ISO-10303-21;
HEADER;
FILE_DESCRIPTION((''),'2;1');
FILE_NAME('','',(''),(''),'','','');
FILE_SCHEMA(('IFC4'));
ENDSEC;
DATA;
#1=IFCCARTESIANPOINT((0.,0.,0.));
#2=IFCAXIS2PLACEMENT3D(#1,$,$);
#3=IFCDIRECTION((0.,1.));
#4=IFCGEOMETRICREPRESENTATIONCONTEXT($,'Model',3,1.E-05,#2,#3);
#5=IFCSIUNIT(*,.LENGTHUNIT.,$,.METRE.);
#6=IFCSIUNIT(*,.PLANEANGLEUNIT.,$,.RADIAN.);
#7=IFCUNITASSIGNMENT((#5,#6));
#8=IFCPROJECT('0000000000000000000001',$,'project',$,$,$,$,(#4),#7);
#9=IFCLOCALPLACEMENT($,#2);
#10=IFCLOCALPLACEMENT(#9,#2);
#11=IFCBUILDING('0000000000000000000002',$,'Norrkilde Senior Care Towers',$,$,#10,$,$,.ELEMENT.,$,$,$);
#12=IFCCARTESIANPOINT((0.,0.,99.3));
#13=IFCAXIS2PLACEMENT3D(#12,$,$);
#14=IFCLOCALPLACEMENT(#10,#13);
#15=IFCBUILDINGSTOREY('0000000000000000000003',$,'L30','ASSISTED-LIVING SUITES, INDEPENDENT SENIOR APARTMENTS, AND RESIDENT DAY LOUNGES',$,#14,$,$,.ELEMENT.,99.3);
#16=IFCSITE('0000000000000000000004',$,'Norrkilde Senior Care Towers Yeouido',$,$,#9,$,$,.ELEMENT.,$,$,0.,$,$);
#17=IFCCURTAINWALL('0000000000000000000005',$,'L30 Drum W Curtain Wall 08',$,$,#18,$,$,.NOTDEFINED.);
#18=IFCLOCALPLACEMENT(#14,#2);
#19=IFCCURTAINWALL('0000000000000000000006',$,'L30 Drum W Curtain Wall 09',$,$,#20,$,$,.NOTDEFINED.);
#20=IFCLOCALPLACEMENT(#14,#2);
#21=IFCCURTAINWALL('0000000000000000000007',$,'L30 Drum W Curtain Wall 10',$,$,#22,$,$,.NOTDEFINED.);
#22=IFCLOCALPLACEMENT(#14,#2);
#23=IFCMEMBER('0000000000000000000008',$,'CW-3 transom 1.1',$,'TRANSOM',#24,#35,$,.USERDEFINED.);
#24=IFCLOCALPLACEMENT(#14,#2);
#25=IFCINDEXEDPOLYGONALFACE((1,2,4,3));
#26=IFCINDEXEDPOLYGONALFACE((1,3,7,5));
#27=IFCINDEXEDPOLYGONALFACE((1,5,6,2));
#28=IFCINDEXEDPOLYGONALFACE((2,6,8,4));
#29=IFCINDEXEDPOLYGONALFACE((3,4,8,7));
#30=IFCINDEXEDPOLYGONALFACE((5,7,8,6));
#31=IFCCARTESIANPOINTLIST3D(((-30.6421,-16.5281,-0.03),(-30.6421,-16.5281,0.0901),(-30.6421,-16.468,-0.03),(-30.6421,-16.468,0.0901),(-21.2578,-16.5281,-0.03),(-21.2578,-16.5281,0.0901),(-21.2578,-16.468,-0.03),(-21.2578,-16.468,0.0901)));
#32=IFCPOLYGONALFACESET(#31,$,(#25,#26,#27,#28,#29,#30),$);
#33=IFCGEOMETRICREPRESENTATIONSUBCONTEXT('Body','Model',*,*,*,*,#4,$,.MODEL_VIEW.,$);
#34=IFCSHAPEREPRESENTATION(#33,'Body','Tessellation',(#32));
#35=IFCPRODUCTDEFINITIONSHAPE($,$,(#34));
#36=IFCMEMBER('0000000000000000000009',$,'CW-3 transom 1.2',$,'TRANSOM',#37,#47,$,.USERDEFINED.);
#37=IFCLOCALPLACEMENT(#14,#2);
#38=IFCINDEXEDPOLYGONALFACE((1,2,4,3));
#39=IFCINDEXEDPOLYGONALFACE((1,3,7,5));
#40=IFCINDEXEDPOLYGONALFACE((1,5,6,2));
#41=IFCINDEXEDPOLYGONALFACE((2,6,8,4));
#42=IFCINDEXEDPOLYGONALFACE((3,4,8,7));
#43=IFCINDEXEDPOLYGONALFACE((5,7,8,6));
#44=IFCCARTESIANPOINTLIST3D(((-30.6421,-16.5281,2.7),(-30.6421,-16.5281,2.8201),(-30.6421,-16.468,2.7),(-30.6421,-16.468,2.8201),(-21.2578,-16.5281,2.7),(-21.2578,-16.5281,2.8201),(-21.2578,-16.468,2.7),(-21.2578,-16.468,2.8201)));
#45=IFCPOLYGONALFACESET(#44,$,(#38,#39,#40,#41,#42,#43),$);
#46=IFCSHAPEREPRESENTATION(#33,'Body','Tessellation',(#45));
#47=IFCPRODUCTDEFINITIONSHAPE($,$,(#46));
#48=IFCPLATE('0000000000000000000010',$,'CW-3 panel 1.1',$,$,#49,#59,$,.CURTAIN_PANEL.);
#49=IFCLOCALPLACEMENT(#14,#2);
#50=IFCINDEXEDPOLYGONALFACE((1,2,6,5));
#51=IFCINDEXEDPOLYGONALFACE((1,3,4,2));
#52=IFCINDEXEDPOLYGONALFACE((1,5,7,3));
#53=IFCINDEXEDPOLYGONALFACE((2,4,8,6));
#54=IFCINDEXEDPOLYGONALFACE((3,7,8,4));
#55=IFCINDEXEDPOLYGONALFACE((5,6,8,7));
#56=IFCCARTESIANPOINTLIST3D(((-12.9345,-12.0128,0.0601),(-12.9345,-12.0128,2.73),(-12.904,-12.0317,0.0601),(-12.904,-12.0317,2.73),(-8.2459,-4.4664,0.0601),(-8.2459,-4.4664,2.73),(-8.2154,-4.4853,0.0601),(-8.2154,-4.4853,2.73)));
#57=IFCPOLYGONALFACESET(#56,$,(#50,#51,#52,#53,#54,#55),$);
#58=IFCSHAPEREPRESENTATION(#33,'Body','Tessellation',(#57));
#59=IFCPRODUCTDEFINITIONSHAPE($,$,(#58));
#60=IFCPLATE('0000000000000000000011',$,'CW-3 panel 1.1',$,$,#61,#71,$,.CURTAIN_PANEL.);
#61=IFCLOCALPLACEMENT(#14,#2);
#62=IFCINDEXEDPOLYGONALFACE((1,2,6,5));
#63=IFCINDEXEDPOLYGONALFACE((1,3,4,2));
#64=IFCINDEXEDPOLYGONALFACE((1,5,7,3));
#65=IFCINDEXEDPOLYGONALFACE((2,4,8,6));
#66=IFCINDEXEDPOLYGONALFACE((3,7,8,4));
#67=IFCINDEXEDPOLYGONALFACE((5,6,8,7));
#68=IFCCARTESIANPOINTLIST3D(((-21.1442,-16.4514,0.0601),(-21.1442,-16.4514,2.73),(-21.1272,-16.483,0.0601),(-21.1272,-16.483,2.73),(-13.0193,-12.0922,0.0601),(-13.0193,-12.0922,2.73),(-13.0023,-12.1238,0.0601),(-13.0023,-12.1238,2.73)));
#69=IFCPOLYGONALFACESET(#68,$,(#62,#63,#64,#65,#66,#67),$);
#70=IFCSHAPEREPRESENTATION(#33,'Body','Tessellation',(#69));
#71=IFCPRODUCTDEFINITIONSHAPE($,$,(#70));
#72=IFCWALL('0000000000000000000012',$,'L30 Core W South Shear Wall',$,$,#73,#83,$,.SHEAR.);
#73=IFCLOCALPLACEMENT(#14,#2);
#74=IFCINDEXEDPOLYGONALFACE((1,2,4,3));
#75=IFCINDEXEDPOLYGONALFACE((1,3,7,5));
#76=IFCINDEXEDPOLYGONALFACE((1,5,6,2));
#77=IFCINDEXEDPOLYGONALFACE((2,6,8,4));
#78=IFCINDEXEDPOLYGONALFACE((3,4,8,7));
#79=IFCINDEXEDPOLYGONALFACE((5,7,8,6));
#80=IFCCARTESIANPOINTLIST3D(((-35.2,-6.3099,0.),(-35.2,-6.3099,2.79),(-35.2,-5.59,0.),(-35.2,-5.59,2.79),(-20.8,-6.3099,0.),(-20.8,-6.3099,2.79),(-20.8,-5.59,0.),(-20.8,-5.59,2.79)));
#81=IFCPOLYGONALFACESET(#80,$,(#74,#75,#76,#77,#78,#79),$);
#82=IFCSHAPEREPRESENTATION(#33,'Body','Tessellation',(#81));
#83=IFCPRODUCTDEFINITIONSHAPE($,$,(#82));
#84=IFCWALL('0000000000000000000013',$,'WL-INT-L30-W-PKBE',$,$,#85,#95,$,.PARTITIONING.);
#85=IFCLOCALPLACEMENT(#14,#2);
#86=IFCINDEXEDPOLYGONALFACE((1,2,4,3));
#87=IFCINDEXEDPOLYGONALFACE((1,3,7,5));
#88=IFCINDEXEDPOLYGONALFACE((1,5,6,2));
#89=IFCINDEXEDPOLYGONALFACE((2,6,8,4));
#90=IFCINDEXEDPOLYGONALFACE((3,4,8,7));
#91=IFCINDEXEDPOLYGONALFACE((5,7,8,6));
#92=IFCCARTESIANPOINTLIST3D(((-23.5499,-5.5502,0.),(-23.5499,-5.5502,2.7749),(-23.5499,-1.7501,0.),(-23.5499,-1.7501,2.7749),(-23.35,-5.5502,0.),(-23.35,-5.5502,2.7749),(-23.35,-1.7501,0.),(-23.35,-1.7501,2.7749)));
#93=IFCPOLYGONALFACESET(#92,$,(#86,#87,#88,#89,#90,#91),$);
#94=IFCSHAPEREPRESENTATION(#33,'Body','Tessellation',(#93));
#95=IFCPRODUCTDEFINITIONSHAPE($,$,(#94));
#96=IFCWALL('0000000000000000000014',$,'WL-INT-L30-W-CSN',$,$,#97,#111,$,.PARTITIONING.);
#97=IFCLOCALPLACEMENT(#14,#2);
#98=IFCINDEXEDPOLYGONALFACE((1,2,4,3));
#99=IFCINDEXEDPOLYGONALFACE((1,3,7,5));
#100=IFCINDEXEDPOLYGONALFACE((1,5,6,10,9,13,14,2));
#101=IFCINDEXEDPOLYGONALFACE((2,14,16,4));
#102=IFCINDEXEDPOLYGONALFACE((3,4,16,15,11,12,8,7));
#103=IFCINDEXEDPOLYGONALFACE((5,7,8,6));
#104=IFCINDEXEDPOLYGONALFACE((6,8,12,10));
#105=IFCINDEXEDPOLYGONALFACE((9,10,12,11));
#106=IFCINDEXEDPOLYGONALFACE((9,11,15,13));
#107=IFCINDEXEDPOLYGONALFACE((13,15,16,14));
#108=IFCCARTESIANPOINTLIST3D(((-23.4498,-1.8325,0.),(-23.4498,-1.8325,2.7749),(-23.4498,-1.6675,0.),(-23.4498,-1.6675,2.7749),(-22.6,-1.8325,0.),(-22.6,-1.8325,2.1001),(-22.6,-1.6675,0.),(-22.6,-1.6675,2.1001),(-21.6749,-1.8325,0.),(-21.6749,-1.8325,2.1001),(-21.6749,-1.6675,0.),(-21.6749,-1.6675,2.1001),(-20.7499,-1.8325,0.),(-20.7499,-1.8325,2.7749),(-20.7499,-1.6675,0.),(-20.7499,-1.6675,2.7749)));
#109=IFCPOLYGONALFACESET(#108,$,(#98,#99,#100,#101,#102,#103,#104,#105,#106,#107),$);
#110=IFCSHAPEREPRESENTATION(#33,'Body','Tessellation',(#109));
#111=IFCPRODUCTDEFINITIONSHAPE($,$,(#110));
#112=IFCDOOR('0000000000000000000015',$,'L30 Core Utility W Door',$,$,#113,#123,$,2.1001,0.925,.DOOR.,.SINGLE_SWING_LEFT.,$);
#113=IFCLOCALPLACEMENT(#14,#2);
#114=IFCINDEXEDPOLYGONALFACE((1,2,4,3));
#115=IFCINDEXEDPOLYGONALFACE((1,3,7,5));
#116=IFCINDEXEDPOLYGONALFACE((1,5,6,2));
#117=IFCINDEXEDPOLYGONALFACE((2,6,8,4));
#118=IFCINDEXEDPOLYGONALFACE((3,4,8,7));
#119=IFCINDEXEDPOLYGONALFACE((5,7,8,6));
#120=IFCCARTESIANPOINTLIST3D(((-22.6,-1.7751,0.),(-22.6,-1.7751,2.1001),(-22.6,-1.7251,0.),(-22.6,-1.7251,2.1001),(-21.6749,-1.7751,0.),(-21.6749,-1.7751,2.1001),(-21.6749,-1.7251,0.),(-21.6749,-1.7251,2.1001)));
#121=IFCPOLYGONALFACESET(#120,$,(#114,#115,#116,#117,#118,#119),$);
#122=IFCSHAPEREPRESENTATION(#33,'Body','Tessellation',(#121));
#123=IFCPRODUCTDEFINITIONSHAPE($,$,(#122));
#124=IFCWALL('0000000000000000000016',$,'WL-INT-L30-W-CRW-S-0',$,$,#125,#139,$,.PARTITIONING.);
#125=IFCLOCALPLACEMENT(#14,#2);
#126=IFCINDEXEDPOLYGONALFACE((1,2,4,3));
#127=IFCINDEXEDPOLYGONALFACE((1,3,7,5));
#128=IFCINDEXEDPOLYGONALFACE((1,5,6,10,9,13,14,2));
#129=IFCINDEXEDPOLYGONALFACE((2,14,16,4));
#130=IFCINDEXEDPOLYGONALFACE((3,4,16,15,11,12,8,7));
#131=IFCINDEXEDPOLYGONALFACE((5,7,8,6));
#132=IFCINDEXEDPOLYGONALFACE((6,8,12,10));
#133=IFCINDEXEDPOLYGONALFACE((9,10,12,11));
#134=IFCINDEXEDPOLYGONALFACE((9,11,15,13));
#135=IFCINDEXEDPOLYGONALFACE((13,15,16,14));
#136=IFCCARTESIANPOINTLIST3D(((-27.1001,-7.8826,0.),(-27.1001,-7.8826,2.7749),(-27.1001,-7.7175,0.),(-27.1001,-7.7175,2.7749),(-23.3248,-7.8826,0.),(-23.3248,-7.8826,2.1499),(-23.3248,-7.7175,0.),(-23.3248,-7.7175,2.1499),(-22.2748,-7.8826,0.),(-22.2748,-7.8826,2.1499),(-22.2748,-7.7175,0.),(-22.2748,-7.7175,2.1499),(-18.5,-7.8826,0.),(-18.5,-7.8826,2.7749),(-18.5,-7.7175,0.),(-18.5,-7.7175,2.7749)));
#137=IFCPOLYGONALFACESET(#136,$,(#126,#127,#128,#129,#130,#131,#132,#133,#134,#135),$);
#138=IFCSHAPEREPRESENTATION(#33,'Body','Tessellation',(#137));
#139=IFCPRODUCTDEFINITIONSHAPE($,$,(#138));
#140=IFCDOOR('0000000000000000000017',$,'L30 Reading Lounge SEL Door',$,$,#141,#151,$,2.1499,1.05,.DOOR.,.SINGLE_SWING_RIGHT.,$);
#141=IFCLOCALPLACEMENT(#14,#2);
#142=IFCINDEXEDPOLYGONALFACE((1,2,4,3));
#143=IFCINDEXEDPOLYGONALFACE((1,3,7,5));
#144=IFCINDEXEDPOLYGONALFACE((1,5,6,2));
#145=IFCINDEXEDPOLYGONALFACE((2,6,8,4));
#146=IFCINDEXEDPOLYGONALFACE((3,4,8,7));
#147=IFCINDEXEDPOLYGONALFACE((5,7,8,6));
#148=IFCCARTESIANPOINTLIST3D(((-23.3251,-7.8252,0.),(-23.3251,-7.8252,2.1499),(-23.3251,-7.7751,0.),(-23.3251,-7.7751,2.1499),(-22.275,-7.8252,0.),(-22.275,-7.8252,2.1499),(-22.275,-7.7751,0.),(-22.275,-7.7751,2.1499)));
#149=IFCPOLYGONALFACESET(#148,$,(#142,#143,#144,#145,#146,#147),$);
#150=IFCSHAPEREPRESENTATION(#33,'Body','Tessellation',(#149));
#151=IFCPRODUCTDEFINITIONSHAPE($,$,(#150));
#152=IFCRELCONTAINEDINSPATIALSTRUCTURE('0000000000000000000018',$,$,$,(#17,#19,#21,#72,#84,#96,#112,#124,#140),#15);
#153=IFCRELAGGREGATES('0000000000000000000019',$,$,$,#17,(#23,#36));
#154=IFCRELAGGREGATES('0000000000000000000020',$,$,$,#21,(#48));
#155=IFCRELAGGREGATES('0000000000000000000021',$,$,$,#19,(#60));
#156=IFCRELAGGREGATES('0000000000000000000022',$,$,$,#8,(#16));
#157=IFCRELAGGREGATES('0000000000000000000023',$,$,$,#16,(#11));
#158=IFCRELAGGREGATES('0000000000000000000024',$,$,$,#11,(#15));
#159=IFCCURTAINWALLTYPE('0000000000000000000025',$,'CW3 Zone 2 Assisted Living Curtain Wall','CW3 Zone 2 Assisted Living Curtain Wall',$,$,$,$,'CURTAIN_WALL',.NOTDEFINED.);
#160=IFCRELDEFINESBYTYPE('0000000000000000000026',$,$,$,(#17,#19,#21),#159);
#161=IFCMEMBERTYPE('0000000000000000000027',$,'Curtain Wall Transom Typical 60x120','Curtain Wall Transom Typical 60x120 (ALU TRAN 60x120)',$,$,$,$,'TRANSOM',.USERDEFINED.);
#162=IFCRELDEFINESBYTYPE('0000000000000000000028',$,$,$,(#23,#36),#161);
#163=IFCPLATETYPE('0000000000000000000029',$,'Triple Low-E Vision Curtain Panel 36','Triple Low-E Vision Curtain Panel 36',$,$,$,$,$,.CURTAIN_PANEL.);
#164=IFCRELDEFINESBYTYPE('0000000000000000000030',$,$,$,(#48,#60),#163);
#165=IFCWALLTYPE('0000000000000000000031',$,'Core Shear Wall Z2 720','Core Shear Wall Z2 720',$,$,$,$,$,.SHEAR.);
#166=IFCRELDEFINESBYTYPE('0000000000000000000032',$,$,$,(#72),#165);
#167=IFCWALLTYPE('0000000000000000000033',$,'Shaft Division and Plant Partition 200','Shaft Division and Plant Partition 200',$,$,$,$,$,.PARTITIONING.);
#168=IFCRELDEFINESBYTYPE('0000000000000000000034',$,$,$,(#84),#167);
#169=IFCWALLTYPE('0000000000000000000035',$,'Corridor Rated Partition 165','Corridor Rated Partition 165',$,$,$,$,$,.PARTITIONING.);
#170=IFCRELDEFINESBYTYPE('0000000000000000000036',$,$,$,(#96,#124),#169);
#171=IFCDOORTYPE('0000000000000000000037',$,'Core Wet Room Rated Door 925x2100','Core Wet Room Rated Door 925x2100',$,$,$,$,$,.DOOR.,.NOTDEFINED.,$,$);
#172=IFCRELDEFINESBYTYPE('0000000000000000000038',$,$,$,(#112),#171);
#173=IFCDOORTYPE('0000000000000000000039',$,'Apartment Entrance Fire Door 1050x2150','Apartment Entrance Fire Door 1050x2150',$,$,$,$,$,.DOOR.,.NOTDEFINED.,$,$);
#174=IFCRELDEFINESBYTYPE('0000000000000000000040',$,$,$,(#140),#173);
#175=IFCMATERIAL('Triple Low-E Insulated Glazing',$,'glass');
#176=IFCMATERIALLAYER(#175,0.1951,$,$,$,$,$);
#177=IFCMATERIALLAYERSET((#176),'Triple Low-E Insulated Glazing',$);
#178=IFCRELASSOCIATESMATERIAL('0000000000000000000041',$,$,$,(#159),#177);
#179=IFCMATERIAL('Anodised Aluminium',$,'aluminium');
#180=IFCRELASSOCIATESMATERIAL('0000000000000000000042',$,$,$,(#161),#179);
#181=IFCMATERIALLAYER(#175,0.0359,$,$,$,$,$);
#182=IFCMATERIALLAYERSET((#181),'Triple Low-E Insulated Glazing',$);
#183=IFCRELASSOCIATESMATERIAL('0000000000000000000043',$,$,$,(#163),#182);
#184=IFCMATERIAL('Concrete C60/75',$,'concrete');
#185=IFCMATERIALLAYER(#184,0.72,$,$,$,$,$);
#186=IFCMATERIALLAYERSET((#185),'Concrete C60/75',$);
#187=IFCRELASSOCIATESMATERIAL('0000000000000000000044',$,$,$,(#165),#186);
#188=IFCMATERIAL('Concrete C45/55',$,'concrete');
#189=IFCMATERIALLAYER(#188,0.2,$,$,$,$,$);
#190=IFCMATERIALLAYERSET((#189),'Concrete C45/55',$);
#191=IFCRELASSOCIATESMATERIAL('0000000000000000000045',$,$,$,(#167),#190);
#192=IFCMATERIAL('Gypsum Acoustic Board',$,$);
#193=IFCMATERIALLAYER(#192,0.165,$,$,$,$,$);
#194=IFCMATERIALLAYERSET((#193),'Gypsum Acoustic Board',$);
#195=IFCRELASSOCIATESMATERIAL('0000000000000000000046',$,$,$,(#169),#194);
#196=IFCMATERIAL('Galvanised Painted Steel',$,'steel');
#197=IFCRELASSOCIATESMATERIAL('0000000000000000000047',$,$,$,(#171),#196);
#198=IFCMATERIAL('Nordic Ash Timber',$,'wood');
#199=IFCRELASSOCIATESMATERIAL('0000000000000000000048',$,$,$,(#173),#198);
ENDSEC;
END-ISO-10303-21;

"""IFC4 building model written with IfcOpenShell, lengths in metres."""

from ifc_helpers import new_model, si_unit, direction, frame, frame_2d, origin, origin_2d, place, context, subcontext, project, spatial, rectangle, extrude, source, transform, mapped, material, layer, layer_set, material_profile, profile_set, type_object, type_shapes, element, fill, aggregate, save


model = new_model("IFC4")

# Units and contexts
model_context = context("Model", 3, precision=1e-05, world=origin(), true_north=direction((0.0, 1.0)))
body_context = subcontext(model_context, "Body", "Model", "MODEL_VIEW")
ifc_project = project(units=[si_unit("LENGTHUNIT", "METRE"), si_unit("PLANEANGLEUNIT", "RADIAN")], contexts=[model_context])

# Site, building, storey
site_placement = place(None, origin())
site = spatial("IfcSite", under=ifc_project, at=site_placement, Name="Norrkilde Senior Care Towers Yeouido", CompositionType="ELEMENT", RefElevation=0.0)
building_placement = place(site_placement, origin())
building = spatial("IfcBuilding", under=site, at=building_placement, Name="Norrkilde Senior Care Towers", CompositionType="ELEMENT")
storey_placement = place(building_placement, frame((0.0, 0.0, 99.3)))
storey = spatial("IfcBuildingStorey", under=building, at=storey_placement, Name="L30", Description="ASSISTED-LIVING SUITES, INDEPENDENT SENIOR APARTMENTS, AND RESIDENT DAY LOUNGES", CompositionType="ELEMENT", Elevation=99.3)

# Shared definitions
ifc_material_1 = material(Name="Concrete C60/75", Category="concrete")

# Curtain wall
ifc_material_2 = material(Name="Triple Low-E Insulated Glazing", Category="glass")
ifc_layer_1 = layer(ifc_material_2, 0.1951)
ifc_layer_set_1 = layer_set([ifc_layer_1], Name="Triple Low-E Insulated Glazing")
curtain_wall_type = type_object("IfcCurtainWallType", Name="CW3 Zone 2 Assisted Living Curtain Wall", Description="CW3 Zone 2 Assisted Living Curtain Wall", ElementType="CURTAIN_WALL", PredefinedType="NOTDEFINED", material=ifc_layer_set_1)
curtain_wall_1_placement = place(storey_placement, origin())
curtain_wall_1 = element("IfcCurtainWall", 1, at=curtain_wall_1_placement, inside=storey, type_object=curtain_wall_type, Name="L30 Drum W Curtain Wall 08", PredefinedType="NOTDEFINED")
ifc_material_3 = material(Name="Anodised Aluminium", Category="aluminium")

# Curtain wall
curtain_wall_2_placement = place(storey_placement, origin())
curtain_wall_2 = element("IfcCurtainWall", 2, at=curtain_wall_2_placement, inside=storey, type_object=curtain_wall_type, Name="L30 Drum W Curtain Wall 09", PredefinedType="NOTDEFINED")

# Curtain wall
curtain_wall_3_placement = place(storey_placement, origin())
curtain_wall_3 = element("IfcCurtainWall", 3, at=curtain_wall_3_placement, inside=storey, type_object=curtain_wall_type, Name="L30 Drum W Curtain Wall 10", PredefinedType="NOTDEFINED")

# Members
ifc_material_profile_1 = material_profile(ifc_material_3, rectangle(XDim=0.0601, YDim=0.1201, at=origin_2d()), Name="ALU TRAN 60x120")
ifc_profile_set_1 = profile_set([ifc_material_profile_1], Name="Anodised Aluminium")
member_type_1 = type_object("IfcMemberType", Name="Curtain Wall Transom Typical 60x120", Description="Curtain Wall Transom Typical 60x120 (ALU TRAN 60x120)", ElementType="TRANSOM", PredefinedType="USERDEFINED", material=ifc_profile_set_1)
shared_shape_1 = source(origin(), body_context, "Body", "SweptSolid", [
    extrude(rectangle(XDim=0.0601, YDim=0.1201, at=origin_2d()), origin(), (0.0, 0.0, 1.0), 9.3843),
])
member_1_placement = place(storey_placement, frame((-21.2578, -16.498, 0.03), z_axis=(-1.0, 0.0, 0.0), x_axis=(0.0, -1.0, 0.0)))
member_1 = element("IfcMember", 4, at=member_1_placement, type_object=member_type_1, Name="CW-3 transom 1.1", ObjectType="TRANSOM", PredefinedType="USERDEFINED", context=body_context, shape_type="MappedRepresentation", body=[
    mapped(shared_shape_1, transform((0.0, 0.0, 0.0), x_axis=(1.0, 0.0, 0.0), y_axis=(0.0, 1.0, 0.0), z_axis=(0.0, 0.0, 1.0), scale=1.0)),
])
member_2_placement = place(storey_placement, frame((-21.2578, -16.498, 2.76), z_axis=(-1.0, 0.0, 0.0), x_axis=(0.0, -1.0, 0.0)))
member_2 = element("IfcMember", 5, at=member_2_placement, type_object=member_type_1, Name="CW-3 transom 1.2", ObjectType="TRANSOM", PredefinedType="USERDEFINED", context=body_context, shape_type="MappedRepresentation", body=[
    mapped(shared_shape_1, transform((0.0, 0.0, 0.0), x_axis=(1.0, 0.0, 0.0), y_axis=(0.0, 1.0, 0.0), z_axis=(0.0, 0.0, 1.0), scale=1.0)),
])
aggregate(curtain_wall_1, [member_1, member_2])

# Plates
ifc_layer_2 = layer(ifc_material_2, 0.0359)
ifc_layer_set_2 = layer_set([ifc_layer_2], Name="Triple Low-E Insulated Glazing")
plate_type = type_object("IfcPlateType", Name="Triple Low-E Vision Curtain Panel 36", Description="Triple Low-E Vision Curtain Panel 36", PredefinedType="CURTAIN_PANEL", material=ifc_layer_set_2)
shared_shape_2 = source(origin(), body_context, "Body", "SweptSolid", [
    extrude(rectangle(XDim=8.8843, YDim=0.0359, at=origin_2d()), origin(), (0.0, 0.0, 1.0), 2.6699),
])
plate_1_placement = place(storey_placement, frame((-10.575, -8.249, 0.0601), z_axis=(0.0, 0.0, 1.0), x_axis=(-0.527733, -0.84941, 0.0)))
plate_1 = element("IfcPlate", 6, at=plate_1_placement, type_object=plate_type, Name="CW-3 panel 1.1", PredefinedType="CURTAIN_PANEL", context=body_context, shape_type="MappedRepresentation", body=[
    mapped(shared_shape_2, transform((0.0, 0.0, 0.0), x_axis=(1.0, 0.0, 0.0), y_axis=(0.0, 1.0, 0.0), z_axis=(0.0, 0.0, 1.0), scale=1.0)),
])
aggregate(curtain_wall_3, [plate_1])
shared_shape_3 = source(origin(), body_context, "Body", "SweptSolid", [
    extrude(rectangle(XDim=9.2205, YDim=0.0359, at=origin_2d()), origin(), (0.0, 0.0, 1.0), 2.6699),
])
type_shapes(plate_type, [shared_shape_2, shared_shape_3])
plate_2_placement = place(storey_placement, frame((-17.0732, -14.2876, 0.0601), z_axis=(0.0, 0.0, 1.0), x_axis=(-0.881186, -0.472769, 0.0)))
plate_2 = element("IfcPlate", 7, at=plate_2_placement, type_object=plate_type, Name="CW-3 panel 1.1", PredefinedType="CURTAIN_PANEL", context=body_context, shape_type="MappedRepresentation", body=[
    mapped(shared_shape_3, transform((0.0, 0.0, 0.0), x_axis=(1.0, 0.0, 0.0), y_axis=(0.0, 1.0, 0.0), z_axis=(0.0, 0.0, 1.0), scale=1.0)),
])
aggregate(curtain_wall_2, [plate_2])

# Walls
ifc_layer_3 = layer(ifc_material_1, 0.72)
ifc_layer_set_3 = layer_set([ifc_layer_3], Name="Concrete C60/75")
wall_type_1 = type_object("IfcWallType", Name="Core Shear Wall Z2 720", Description="Core Shear Wall Z2 720", PredefinedType="SHEAR", material=ifc_layer_set_3)
shared_shape_4 = source(origin(), body_context, "Body", "SweptSolid", [
    extrude(rectangle(XDim=14.3999, YDim=0.72, at=frame_2d((7.2, 0.0))), origin(), (0.0, 0.0, 1.0), 2.79),
])
type_shapes(wall_type_1, [shared_shape_4])
wall_1_placement = place(storey_placement, frame((-20.8, -5.95, 0.0), z_axis=(0.0, 0.0, 1.0), x_axis=(-1.0, 0.0, 0.0)))
element("IfcWall", 8, at=wall_1_placement, inside=storey, type_object=wall_type_1, Name="L30 Core W South Shear Wall", PredefinedType="SHEAR", context=body_context, shape_type="MappedRepresentation", body=[
    mapped(shared_shape_4, transform((0.0, 0.0, 0.0), x_axis=(1.0, 0.0, 0.0), y_axis=(0.0, 1.0, 0.0), z_axis=(0.0, 0.0, 1.0), scale=1.0)),
])
ifc_material_4 = material(Name="Concrete C45/55", Category="concrete")
ifc_layer_4 = layer(ifc_material_4, 0.2)
ifc_layer_set_4 = layer_set([ifc_layer_4], Name="Concrete C45/55")
wall_type_2 = type_object("IfcWallType", Name="Shaft Division and Plant Partition 200", Description="Shaft Division and Plant Partition 200", PredefinedType="PARTITIONING", material=ifc_layer_set_4)
shared_shape_5 = source(origin(), body_context, "Body", "SweptSolid", [
    extrude(rectangle(XDim=3.8, YDim=0.2, at=frame_2d((1.8999, 0.0))), origin(), (0.0, 0.0, 1.0), 2.7749),
])
type_shapes(wall_type_2, [shared_shape_5])
wall_2_placement = place(storey_placement, frame((-23.45, -5.55, 0.0), z_axis=(0.0, 0.0, 1.0), x_axis=(0.0, 1.0, 0.0)))
element("IfcWall", 9, at=wall_2_placement, inside=storey, type_object=wall_type_2, Name="WL-INT-L30-W-PKBE", PredefinedType="PARTITIONING", context=body_context, shape_type="MappedRepresentation", body=[
    mapped(shared_shape_5, transform((0.0, 0.0, 0.0), x_axis=(1.0, 0.0, 0.0), y_axis=(0.0, 1.0, 0.0), z_axis=(0.0, 0.0, 1.0), scale=1.0)),
])

# Walls, openings, doors
ifc_material_5 = material(Name="Gypsum Acoustic Board")
ifc_layer_5 = layer(ifc_material_5, 0.165)
ifc_layer_set_5 = layer_set([ifc_layer_5], Name="Gypsum Acoustic Board")
wall_type_3 = type_object("IfcWallType", Name="Corridor Rated Partition 165", Description="Corridor Rated Partition 165", PredefinedType="PARTITIONING", material=ifc_layer_set_5)
shared_shape_6 = source(origin(), body_context, "Body", "SweptSolid", [
    extrude(rectangle(XDim=2.7, YDim=0.165, at=frame_2d((1.3501, 0.0))), origin(), (0.0, 0.0, 1.0), 2.7749),
])
wall_3_placement = place(storey_placement, frame((-23.45, -1.75, 0.0), z_axis=(0.0, 0.0, 1.0), x_axis=(1.0, 0.0, 0.0)))
wall_3 = element("IfcWall", 10, at=wall_3_placement, inside=storey, type_object=wall_type_3, Name="WL-INT-L30-W-CSN", PredefinedType="PARTITIONING", context=body_context, shape_type="MappedRepresentation", body=[
    mapped(shared_shape_6, transform((0.0, 0.0, 0.0), x_axis=(1.0, 0.0, 0.0), y_axis=(0.0, 1.0, 0.0), z_axis=(0.0, 0.0, 1.0), scale=1.0)),
])
opening_1_placement = place(wall_3_placement, frame((0.8501, 0.0, 0.0)))
opening_1 = element("IfcOpeningElement", 11, at=opening_1_placement, cuts=wall_3, PredefinedType="OPENING", context=body_context, shape_type="SweptSolid", body=[
    extrude(rectangle(XDim=0.925, YDim=2.1001, at=frame_2d((0.4624, 1.05))), frame((0.0, 0.0925, 0.0), z_axis=(0.0, -1.0, 0.0), x_axis=(1.0, 0.0, 0.0)), (0.0, 0.0, 1.0), 0.1851),
])
ifc_material_6 = material(Name="Galvanised Painted Steel", Category="steel")
door_type_1 = type_object("IfcDoorType", Name="Core Wet Room Rated Door 925x2100", Description="Core Wet Room Rated Door 925x2100", OperationType="NOTDEFINED", PredefinedType="DOOR", material=ifc_material_6)
shared_shape_7 = source(origin(), body_context, "Body", "SweptSolid", [
    extrude(rectangle(XDim=0.925, YDim=2.1001, at=frame_2d((0.4624, 1.05))), frame((0.0, 0.0249, 0.0), z_axis=(0.0, -1.0, 0.0), x_axis=(1.0, 0.0, 0.0)), (0.0, 0.0, 1.0), 0.05),
])
type_shapes(door_type_1, [shared_shape_7])
door_1_placement = place(opening_1_placement, origin())
door_1 = element("IfcDoor", 12, at=door_1_placement, inside=storey, type_object=door_type_1, Name="L30 Core Utility W Door", OperationType="SINGLE_SWING_LEFT", OverallHeight=2.1001, OverallWidth=0.925, PredefinedType="DOOR", context=body_context, shape_type="MappedRepresentation", body=[
    mapped(shared_shape_7, transform((0.0, 0.0, 0.0), x_axis=(1.0, 0.0, 0.0), y_axis=(0.0, 1.0, 0.0), z_axis=(0.0, 0.0, 1.0), scale=1.0)),
])
fill(opening_1, door_1)
shared_shape_8 = source(origin(), body_context, "Body", "SweptSolid", [
    extrude(rectangle(XDim=8.6001, YDim=0.165, at=frame_2d((4.3, 0.0))), origin(), (0.0, 0.0, 1.0), 2.7749),
])
wall_4_placement = place(storey_placement, frame((-18.5, -7.8, 0.0), z_axis=(0.0, 0.0, 1.0), x_axis=(-1.0, 0.0, 0.0)))
wall_4 = element("IfcWall", 13, at=wall_4_placement, inside=storey, type_object=wall_type_3, Name="WL-INT-L30-W-CRW-S-0", PredefinedType="PARTITIONING", context=body_context, shape_type="MappedRepresentation", body=[
    mapped(shared_shape_8, transform((0.0, 0.0, 0.0), x_axis=(1.0, 0.0, 0.0), y_axis=(0.0, 1.0, 0.0), z_axis=(0.0, 0.0, 1.0), scale=1.0)),
])
opening_2_placement = place(wall_4_placement, frame((3.7749, 0.0, 0.0)))
opening_2 = element("IfcOpeningElement", 14, at=opening_2_placement, cuts=wall_4, PredefinedType="OPENING", context=body_context, shape_type="SweptSolid", body=[
    extrude(rectangle(XDim=1.05, YDim=2.1499, at=frame_2d((0.5249, 1.075))), frame((0.0, 0.0925, 0.0), z_axis=(0.0, -1.0, 0.0), x_axis=(1.0, 0.0, 0.0)), (0.0, 0.0, 1.0), 0.1851),
])
ifc_material_7 = material(Name="Nordic Ash Timber", Category="wood")
door_type_2 = type_object("IfcDoorType", Name="Apartment Entrance Fire Door 1050x2150", Description="Apartment Entrance Fire Door 1050x2150", OperationType="NOTDEFINED", PredefinedType="DOOR", material=ifc_material_7)
shared_shape_9 = source(origin(), body_context, "Body", "SweptSolid", [
    extrude(rectangle(XDim=1.05, YDim=2.1499, at=frame_2d((0.5249, 1.075))), frame((0.0, 0.0249, 0.0), z_axis=(0.0, -1.0, 0.0), x_axis=(1.0, 0.0, 0.0)), (0.0, 0.0, 1.0), 0.05),
])
type_shapes(door_type_2, [shared_shape_9])
door_2_placement = place(opening_2_placement, frame((1.05, 0.0, 0.0), z_axis=(0.0, 0.0, 1.0), x_axis=(-1.0, 0.0, 0.0)))
door_2 = element("IfcDoor", 15, at=door_2_placement, inside=storey, type_object=door_type_2, Name="L30 Reading Lounge SEL Door", OperationType="SINGLE_SWING_RIGHT", OverallHeight=2.1499, OverallWidth=1.05, PredefinedType="DOOR", context=body_context, shape_type="MappedRepresentation", body=[
    mapped(shared_shape_9, transform((0.0, 0.0, 0.0), x_axis=(1.0, 0.0, 0.0), y_axis=(0.0, 1.0, 0.0), z_axis=(0.0, 0.0, 1.0), scale=1.0)),
])
fill(opening_2, door_2)

save(model, "model.ifc")
